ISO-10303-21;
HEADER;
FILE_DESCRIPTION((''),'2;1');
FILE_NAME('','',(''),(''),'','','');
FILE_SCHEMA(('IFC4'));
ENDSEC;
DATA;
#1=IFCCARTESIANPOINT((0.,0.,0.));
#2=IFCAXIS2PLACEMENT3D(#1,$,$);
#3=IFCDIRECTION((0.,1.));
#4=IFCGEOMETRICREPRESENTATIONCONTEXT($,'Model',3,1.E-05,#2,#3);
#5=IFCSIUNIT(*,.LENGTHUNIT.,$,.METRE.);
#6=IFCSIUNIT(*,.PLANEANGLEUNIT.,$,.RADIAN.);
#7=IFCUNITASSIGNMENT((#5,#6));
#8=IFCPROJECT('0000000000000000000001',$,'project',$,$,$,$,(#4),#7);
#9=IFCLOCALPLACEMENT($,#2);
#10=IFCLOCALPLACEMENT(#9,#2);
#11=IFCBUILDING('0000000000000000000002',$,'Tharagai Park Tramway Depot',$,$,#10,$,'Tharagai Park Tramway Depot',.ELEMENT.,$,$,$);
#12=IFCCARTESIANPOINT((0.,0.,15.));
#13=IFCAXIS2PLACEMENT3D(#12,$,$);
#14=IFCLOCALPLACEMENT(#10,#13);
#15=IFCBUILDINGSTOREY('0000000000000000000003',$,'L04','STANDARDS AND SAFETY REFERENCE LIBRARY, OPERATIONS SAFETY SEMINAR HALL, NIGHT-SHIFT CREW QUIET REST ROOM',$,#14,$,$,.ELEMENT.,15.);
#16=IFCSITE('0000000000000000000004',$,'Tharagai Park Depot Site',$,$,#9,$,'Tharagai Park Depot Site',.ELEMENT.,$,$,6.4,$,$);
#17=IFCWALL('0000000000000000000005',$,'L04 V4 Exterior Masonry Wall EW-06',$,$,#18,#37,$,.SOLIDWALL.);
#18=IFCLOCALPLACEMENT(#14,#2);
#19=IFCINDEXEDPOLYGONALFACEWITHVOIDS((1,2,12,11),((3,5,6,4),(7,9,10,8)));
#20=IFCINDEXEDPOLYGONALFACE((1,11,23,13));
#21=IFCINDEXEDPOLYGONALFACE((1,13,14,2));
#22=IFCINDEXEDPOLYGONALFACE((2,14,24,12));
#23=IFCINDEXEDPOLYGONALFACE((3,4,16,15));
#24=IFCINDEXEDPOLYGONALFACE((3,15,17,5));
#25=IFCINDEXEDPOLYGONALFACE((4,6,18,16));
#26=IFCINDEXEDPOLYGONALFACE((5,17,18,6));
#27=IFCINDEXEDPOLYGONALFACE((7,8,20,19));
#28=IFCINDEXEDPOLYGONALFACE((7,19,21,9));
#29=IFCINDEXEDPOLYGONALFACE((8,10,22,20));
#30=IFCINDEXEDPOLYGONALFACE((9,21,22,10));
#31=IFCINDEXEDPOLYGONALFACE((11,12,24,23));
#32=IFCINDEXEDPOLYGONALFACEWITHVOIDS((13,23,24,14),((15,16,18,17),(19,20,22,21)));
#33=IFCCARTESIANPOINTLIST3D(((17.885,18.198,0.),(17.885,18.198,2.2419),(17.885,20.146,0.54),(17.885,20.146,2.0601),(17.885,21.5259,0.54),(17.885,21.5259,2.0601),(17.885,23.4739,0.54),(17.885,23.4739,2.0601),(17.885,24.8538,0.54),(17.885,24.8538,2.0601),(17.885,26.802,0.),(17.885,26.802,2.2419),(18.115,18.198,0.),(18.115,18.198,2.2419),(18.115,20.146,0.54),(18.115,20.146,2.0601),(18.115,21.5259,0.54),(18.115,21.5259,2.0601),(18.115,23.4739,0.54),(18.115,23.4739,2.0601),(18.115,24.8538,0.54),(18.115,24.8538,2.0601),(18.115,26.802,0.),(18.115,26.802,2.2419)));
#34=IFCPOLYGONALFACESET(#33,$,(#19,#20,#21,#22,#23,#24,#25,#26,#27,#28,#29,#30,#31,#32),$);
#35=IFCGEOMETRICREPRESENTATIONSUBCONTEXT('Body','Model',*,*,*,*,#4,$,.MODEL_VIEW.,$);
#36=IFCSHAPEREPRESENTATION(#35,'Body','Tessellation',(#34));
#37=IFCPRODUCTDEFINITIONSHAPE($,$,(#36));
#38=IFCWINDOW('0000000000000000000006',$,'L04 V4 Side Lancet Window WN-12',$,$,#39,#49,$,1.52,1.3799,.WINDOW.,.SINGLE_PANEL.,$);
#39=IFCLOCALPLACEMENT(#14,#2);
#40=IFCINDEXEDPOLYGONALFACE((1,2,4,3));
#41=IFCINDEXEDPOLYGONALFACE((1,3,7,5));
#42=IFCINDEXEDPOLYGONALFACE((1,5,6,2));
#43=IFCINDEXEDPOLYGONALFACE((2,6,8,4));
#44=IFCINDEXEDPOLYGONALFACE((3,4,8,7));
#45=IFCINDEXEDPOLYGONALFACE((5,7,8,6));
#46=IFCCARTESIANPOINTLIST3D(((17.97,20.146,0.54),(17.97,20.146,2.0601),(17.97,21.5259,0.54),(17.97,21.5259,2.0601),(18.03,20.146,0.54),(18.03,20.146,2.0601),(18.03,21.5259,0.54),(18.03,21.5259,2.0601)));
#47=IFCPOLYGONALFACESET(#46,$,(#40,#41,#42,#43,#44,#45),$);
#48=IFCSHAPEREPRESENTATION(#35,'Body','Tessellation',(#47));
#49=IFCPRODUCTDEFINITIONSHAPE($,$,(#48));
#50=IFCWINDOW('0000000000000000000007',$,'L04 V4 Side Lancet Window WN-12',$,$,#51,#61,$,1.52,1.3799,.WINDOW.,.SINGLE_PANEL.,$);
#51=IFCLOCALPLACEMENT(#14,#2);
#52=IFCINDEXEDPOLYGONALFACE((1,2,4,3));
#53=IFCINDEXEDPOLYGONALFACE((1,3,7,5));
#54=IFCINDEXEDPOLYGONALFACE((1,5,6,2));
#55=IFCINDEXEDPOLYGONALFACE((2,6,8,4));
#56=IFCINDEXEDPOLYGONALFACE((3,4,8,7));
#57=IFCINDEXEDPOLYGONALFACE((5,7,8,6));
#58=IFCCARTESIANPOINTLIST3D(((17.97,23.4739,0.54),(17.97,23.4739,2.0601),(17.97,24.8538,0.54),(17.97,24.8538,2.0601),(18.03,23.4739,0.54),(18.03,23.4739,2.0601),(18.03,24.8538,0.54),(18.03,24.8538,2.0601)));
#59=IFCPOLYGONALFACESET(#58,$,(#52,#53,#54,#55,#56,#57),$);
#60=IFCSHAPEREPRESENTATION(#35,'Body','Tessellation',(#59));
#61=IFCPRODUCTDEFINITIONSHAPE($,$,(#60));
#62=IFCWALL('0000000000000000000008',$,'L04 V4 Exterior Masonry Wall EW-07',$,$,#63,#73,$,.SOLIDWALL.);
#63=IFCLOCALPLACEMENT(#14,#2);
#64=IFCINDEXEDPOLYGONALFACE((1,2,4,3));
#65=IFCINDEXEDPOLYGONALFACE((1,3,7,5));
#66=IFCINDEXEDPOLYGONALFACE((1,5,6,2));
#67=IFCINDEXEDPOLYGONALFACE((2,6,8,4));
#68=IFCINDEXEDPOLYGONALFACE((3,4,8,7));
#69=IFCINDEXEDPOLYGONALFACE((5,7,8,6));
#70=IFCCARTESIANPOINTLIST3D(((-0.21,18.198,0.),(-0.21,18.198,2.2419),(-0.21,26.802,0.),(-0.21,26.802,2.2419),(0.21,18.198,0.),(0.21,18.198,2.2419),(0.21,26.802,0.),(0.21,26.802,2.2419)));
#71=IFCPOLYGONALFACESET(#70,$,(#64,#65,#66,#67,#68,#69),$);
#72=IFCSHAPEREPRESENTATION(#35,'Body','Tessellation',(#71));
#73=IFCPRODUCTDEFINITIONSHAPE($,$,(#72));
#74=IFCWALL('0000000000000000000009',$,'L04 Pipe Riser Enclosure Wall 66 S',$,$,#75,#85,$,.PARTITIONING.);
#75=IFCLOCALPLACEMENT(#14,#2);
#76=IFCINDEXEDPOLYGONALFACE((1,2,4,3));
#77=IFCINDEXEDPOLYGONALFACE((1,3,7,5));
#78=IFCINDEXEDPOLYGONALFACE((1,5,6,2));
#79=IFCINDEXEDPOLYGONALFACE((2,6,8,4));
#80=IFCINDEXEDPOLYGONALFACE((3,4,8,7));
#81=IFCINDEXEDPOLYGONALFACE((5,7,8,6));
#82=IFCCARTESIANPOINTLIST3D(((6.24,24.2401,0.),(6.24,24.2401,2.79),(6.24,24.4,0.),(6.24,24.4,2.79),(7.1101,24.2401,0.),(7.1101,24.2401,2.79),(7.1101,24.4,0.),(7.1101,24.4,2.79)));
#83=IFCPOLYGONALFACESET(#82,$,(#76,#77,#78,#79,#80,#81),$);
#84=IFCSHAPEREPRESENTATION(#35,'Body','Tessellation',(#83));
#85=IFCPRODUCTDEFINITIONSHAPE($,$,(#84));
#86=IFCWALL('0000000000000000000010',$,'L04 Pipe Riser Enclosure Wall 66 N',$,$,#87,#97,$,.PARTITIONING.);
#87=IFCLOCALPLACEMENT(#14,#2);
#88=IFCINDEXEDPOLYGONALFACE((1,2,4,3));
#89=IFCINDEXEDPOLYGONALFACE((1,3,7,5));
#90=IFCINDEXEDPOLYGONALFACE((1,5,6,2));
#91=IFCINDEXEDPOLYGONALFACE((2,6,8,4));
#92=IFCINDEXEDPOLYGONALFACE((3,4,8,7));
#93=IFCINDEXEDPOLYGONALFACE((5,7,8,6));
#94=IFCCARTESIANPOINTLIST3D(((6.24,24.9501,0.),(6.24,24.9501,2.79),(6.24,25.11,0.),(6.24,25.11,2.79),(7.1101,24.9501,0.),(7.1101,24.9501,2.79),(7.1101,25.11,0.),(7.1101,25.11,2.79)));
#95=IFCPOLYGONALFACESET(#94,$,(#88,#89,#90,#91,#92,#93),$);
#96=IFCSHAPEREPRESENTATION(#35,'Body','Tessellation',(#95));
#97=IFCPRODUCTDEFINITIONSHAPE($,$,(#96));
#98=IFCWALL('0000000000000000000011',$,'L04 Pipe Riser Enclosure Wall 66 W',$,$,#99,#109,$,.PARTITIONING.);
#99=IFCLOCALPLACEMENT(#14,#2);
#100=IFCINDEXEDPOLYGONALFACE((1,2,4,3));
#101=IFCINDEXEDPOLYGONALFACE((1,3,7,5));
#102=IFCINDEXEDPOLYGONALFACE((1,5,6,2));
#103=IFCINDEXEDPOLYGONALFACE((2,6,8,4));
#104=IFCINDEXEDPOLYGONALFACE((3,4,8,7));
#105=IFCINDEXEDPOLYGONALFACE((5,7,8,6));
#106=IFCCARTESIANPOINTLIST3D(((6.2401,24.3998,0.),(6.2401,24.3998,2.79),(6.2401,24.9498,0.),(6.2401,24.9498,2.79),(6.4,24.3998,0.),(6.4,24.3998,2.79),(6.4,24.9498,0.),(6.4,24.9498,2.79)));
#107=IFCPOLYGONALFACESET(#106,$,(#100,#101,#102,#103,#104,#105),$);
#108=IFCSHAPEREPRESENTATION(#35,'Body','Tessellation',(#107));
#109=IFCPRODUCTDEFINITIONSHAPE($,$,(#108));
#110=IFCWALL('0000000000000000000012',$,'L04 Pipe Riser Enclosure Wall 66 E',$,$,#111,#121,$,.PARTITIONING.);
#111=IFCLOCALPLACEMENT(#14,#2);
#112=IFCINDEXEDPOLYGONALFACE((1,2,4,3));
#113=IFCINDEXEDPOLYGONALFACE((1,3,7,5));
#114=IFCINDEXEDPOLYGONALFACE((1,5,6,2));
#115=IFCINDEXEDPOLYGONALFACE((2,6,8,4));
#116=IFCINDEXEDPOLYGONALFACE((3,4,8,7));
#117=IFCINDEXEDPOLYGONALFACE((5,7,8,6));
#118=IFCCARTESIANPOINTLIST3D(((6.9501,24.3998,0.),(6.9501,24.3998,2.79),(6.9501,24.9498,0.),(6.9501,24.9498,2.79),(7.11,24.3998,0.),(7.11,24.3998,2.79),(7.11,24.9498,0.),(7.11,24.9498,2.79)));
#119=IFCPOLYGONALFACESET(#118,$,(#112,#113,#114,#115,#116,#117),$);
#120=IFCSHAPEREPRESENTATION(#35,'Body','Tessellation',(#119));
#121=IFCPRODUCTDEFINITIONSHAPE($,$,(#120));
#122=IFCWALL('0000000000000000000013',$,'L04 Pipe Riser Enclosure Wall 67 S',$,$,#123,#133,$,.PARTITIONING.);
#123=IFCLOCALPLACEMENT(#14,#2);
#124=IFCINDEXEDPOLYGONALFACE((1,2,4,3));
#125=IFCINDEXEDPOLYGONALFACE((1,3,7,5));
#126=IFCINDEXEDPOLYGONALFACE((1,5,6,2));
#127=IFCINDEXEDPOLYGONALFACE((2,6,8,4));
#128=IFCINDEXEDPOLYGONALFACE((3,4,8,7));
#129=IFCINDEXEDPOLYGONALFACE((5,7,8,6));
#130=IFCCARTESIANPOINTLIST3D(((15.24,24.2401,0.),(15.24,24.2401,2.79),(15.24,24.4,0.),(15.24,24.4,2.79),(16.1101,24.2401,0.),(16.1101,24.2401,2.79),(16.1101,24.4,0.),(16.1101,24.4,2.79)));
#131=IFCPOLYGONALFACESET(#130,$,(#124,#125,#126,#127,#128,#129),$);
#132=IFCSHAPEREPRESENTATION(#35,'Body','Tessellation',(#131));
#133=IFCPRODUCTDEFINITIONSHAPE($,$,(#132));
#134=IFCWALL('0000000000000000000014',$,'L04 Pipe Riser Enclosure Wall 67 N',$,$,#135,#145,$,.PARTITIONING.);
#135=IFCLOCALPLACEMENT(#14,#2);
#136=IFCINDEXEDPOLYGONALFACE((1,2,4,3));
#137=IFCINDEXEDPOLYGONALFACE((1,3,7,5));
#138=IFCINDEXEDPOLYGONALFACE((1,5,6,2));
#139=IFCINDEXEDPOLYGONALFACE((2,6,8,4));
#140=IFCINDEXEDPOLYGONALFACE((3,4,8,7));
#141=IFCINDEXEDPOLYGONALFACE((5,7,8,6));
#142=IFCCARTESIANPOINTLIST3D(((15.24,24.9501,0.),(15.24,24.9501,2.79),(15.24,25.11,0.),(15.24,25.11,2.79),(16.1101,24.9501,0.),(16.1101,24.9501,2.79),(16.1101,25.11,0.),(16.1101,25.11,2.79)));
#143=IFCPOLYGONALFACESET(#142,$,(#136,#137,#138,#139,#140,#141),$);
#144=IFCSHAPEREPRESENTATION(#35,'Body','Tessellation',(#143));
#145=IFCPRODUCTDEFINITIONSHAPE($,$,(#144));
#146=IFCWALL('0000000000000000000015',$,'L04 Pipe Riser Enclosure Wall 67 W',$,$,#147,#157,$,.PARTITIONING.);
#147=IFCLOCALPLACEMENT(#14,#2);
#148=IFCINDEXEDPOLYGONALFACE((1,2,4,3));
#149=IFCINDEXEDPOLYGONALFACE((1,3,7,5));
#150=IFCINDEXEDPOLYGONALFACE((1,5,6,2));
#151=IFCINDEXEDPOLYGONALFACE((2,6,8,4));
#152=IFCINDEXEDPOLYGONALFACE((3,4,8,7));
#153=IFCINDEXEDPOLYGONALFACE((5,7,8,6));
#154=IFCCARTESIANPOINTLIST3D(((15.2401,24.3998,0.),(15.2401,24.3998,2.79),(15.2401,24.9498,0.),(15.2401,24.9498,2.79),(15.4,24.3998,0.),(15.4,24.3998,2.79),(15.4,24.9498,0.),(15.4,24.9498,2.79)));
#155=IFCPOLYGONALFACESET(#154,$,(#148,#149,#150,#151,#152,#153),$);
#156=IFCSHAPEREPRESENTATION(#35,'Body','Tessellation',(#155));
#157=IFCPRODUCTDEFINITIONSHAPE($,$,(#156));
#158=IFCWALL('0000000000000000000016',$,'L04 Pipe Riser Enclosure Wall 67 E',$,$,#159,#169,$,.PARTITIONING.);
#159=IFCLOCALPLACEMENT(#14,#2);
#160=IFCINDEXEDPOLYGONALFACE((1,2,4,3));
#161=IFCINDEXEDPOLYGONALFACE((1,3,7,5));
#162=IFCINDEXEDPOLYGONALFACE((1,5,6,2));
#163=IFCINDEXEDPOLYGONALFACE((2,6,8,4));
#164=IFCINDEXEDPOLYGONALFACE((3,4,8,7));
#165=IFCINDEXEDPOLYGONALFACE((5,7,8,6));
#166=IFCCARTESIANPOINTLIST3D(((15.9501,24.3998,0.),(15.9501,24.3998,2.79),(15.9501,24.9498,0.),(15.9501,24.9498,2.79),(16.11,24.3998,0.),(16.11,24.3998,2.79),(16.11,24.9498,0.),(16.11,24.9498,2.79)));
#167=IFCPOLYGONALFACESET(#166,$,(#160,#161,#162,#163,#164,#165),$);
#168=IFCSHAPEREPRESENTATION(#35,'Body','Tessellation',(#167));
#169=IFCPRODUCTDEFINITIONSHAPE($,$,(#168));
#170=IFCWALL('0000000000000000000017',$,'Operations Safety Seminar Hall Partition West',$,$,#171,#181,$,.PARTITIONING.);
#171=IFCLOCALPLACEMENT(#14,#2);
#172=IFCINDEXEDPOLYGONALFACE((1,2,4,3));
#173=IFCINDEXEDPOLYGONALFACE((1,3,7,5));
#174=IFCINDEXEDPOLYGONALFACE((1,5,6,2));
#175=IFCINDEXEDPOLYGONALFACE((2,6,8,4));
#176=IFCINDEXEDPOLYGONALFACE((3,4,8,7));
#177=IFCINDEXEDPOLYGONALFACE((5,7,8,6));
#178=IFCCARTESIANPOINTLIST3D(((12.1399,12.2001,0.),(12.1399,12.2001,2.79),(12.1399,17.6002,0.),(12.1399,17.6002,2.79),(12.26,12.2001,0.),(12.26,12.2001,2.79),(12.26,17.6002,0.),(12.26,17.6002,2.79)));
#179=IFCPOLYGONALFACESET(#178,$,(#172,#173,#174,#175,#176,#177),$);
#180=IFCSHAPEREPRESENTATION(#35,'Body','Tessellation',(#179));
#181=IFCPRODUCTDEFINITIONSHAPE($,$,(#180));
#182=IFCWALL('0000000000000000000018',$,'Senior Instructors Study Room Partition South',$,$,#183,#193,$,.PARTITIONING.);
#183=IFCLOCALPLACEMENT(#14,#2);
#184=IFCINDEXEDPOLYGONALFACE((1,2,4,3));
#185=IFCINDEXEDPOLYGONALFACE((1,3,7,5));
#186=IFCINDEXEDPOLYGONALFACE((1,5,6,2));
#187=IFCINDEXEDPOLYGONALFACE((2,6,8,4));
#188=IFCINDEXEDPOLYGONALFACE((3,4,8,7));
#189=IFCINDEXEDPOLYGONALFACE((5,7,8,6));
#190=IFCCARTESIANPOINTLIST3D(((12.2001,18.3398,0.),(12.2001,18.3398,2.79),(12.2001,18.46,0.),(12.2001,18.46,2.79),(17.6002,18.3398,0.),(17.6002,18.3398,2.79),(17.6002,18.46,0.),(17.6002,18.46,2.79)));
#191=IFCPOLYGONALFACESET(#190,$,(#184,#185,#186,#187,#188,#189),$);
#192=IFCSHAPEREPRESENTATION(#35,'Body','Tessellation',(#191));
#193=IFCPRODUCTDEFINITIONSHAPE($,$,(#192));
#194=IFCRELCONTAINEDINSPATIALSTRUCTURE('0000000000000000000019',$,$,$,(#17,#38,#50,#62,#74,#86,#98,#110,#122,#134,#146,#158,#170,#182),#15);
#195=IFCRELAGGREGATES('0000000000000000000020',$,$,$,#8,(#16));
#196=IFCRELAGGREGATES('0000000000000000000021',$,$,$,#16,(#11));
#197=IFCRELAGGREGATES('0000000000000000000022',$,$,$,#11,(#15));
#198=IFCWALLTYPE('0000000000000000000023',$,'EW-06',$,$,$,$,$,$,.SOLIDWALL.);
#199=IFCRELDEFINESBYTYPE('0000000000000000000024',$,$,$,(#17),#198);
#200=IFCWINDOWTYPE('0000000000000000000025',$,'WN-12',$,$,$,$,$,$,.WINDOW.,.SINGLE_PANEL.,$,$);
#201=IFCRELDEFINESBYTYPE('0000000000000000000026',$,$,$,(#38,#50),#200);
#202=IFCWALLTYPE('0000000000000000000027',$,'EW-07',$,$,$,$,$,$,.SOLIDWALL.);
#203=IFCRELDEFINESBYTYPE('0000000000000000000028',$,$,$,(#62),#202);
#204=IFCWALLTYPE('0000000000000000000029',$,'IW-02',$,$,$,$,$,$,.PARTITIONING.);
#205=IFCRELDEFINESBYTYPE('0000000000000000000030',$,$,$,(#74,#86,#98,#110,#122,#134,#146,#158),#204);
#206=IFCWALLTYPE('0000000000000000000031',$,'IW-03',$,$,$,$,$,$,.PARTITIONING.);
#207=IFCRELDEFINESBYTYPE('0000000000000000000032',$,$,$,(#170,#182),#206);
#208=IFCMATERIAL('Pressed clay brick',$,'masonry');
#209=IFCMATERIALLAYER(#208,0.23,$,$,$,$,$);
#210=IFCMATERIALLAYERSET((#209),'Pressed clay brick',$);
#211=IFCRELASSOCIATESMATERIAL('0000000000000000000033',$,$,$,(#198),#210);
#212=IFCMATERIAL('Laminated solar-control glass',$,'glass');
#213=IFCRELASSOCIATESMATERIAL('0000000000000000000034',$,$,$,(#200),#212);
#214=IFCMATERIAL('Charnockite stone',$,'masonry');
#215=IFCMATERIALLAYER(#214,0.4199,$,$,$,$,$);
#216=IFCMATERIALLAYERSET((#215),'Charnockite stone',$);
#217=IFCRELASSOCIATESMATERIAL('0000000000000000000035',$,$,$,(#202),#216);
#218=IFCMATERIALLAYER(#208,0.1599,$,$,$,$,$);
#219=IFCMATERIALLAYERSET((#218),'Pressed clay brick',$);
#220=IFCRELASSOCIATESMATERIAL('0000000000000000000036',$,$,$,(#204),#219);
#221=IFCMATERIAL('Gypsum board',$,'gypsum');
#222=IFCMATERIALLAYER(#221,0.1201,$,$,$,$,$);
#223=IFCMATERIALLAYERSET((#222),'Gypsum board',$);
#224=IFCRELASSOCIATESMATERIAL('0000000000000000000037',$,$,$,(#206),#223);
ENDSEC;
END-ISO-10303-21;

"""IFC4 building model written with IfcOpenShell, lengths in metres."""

from ifc_helpers import new_model, si_unit, direction, frame, frame_2d, origin, place, context, subcontext, project, spatial, rectangle, extrude, material, layer, layer_set, type_object, element, fill, save


model = new_model("IFC4")

# Units and contexts
model_context = context("Model", 3, precision=1e-05, world=origin(), true_north=direction((0.0, 1.0)))
body_context = subcontext(model_context, "Body", "Model", "MODEL_VIEW")
ifc_project = project(units=[si_unit("LENGTHUNIT", "METRE"), si_unit("PLANEANGLEUNIT", "RADIAN")], contexts=[model_context])

# Site, building, storey
site_placement = place(None, origin())
site = spatial("IfcSite", under=ifc_project, at=site_placement, Name="Tharagai Park Depot Site", LongName="Tharagai Park Depot Site", CompositionType="ELEMENT", RefElevation=6.4)
building_placement = place(site_placement, origin())
building = spatial("IfcBuilding", under=site, at=building_placement, Name="Tharagai Park Tramway Depot", LongName="Tharagai Park Tramway Depot", CompositionType="ELEMENT")
storey_placement = place(building_placement, frame((0.0, 0.0, 15.0)))
storey = spatial("IfcBuildingStorey", under=building, at=storey_placement, Name="L04", Description="STANDARDS AND SAFETY REFERENCE LIBRARY, OPERATIONS SAFETY SEMINAR HALL, NIGHT-SHIFT CREW QUIET REST ROOM", CompositionType="ELEMENT", Elevation=15.0)

# Wall, openings, windows
ifc_material_1 = material(Name="Pressed clay brick", Category="masonry")
ifc_layer_1 = layer(ifc_material_1, 0.23)
ifc_layer_set_1 = layer_set([ifc_layer_1], Name="Pressed clay brick")
wall_type_1 = type_object("IfcWallType", Name="EW-06", PredefinedType="SOLIDWALL", material=ifc_layer_set_1)
wall_1_placement = place(storey_placement, frame((18.0, 18.198, 0.0), z_axis=(0.0, 0.0, 1.0), x_axis=(0.0, 1.0, 0.0)))
wall_1 = element("IfcWall", 1, at=wall_1_placement, inside=storey, type_object=wall_type_1, Name="L04 V4 Exterior Masonry Wall EW-06", PredefinedType="SOLIDWALL", context=body_context, shape_type="SweptSolid", body=[
    extrude(rectangle(XDim=8.604, YDim=0.23, at=frame_2d((4.302, 0.0))), origin(), (0.0, 0.0, 1.0), 2.2419),
])
opening_1_placement = place(wall_1_placement, frame((1.948, 0.0, 0.54)))
opening_1 = element("IfcOpeningElement", 2, at=opening_1_placement, cuts=wall_1, PredefinedType="OPENING", context=body_context, shape_type="SweptSolid", body=[
    extrude(rectangle(XDim=1.3799, YDim=1.52, at=frame_2d((0.6899, 0.76))), frame((0.0, 0.125, 0.0), z_axis=(0.0, -1.0, 0.0), x_axis=(1.0, 0.0, 0.0)), (0.0, 0.0, 1.0), 0.25),
])
opening_2_placement = place(wall_1_placement, frame((5.2759, 0.0, 0.54)))
opening_2 = element("IfcOpeningElement", 3, at=opening_2_placement, cuts=wall_1, PredefinedType="OPENING", context=body_context, shape_type="SweptSolid", body=[
    extrude(rectangle(XDim=1.3799, YDim=1.52, at=frame_2d((0.6899, 0.76))), frame((0.0, 0.125, 0.0), z_axis=(0.0, -1.0, 0.0), x_axis=(1.0, 0.0, 0.0)), (0.0, 0.0, 1.0), 0.25),
])
ifc_material_2 = material(Name="Laminated solar-control glass", Category="glass")
window_type = type_object("IfcWindowType", Name="WN-12", PartitioningType="SINGLE_PANEL", PredefinedType="WINDOW", material=ifc_material_2)
window_1_placement = place(opening_1_placement, origin())
window_1 = element("IfcWindow", 4, at=window_1_placement, inside=storey, type_object=window_type, Name="L04 V4 Side Lancet Window WN-12", OverallHeight=1.52, OverallWidth=1.3799, PartitioningType="SINGLE_PANEL", PredefinedType="WINDOW", context=body_context, shape_type="SweptSolid", body=[
    extrude(rectangle(XDim=1.3799, YDim=1.52, at=frame_2d((0.6899, 0.76))), frame((0.0, 0.03, 0.0), z_axis=(0.0, -1.0, 0.0), x_axis=(1.0, 0.0, 0.0)), (0.0, 0.0, 1.0), 0.0601),
])
fill(opening_1, window_1)
window_2_placement = place(opening_2_placement, origin())
window_2 = element("IfcWindow", 5, at=window_2_placement, inside=storey, type_object=window_type, Name="L04 V4 Side Lancet Window WN-12", OverallHeight=1.52, OverallWidth=1.3799, PartitioningType="SINGLE_PANEL", PredefinedType="WINDOW", context=body_context, shape_type="SweptSolid", body=[
    extrude(rectangle(XDim=1.3799, YDim=1.52, at=frame_2d((0.6899, 0.76))), frame((0.0, 0.03, 0.0), z_axis=(0.0, -1.0, 0.0), x_axis=(1.0, 0.0, 0.0)), (0.0, 0.0, 1.0), 0.0601),
])
fill(opening_2, window_2)

# Walls
ifc_material_3 = material(Name="Charnockite stone", Category="masonry")
ifc_layer_2 = layer(ifc_material_3, 0.4199)
ifc_layer_set_2 = layer_set([ifc_layer_2], Name="Charnockite stone")
wall_type_2 = type_object("IfcWallType", Name="EW-07", PredefinedType="SOLIDWALL", material=ifc_layer_set_2)
wall_2_placement = place(storey_placement, frame((0.0, 18.198, 0.0), z_axis=(0.0, 0.0, 1.0), x_axis=(0.0, 1.0, 0.0)))
element("IfcWall", 6, at=wall_2_placement, inside=storey, type_object=wall_type_2, Name="L04 V4 Exterior Masonry Wall EW-07", PredefinedType="SOLIDWALL", context=body_context, shape_type="SweptSolid", body=[
    extrude(rectangle(XDim=8.604, YDim=0.4199, at=frame_2d((4.302, 0.0))), origin(), (0.0, 0.0, 1.0), 2.2419),
])
ifc_layer_3 = layer(ifc_material_1, 0.1599)
ifc_layer_set_3 = layer_set([ifc_layer_3], Name="Pressed clay brick")
wall_type_3 = type_object("IfcWallType", Name="IW-02", PredefinedType="PARTITIONING", material=ifc_layer_set_3)
for number, where, z_axis, x_axis, name in (
    (7, (6.24, 24.3201, 0.0), (0.0, 0.0, 1.0), (1.0, 0.0, 0.0), "L04 Pipe Riser Enclosure Wall 66 S"),
    (8, (6.24, 25.03, 0.0), (0.0, 0.0, 1.0), (1.0, 0.0, 0.0), "L04 Pipe Riser Enclosure Wall 66 N"),
):
    element("IfcWall", number, at=place(storey_placement, frame(where, z_axis=z_axis, x_axis=x_axis)), inside=storey, type_object=wall_type_3, Name=name, PredefinedType="PARTITIONING", context=body_context, shape_type="SweptSolid", body=[
        extrude(rectangle(XDim=0.8701, YDim=0.1599, at=frame_2d((0.4351, 0.0))), origin(), (0.0, 0.0, 1.0), 2.79),
    ])
for number, where, z_axis, x_axis, name in (
    (9, (6.3201, 24.3999, 0.0), (0.0, 0.0, 1.0), (0.0, 1.0, 0.0), "L04 Pipe Riser Enclosure Wall 66 W"),
    (10, (7.03, 24.3999, 0.0), (0.0, 0.0, 1.0), (0.0, 1.0, 0.0), "L04 Pipe Riser Enclosure Wall 66 E"),
):
    element("IfcWall", number, at=place(storey_placement, frame(where, z_axis=z_axis, x_axis=x_axis)), inside=storey, type_object=wall_type_3, Name=name, PredefinedType="PARTITIONING", context=body_context, shape_type="SweptSolid", body=[
        extrude(rectangle(XDim=0.55, YDim=0.1599, at=frame_2d((0.2749, 0.0))), origin(), (0.0, 0.0, 1.0), 2.79),
    ])
for number, where, z_axis, x_axis, name in (
    (11, (15.24, 24.3201, 0.0), (0.0, 0.0, 1.0), (1.0, 0.0, 0.0), "L04 Pipe Riser Enclosure Wall 67 S"),
    (12, (15.24, 25.03, 0.0), (0.0, 0.0, 1.0), (1.0, 0.0, 0.0), "L04 Pipe Riser Enclosure Wall 67 N"),
):
    element("IfcWall", number, at=place(storey_placement, frame(where, z_axis=z_axis, x_axis=x_axis)), inside=storey, type_object=wall_type_3, Name=name, PredefinedType="PARTITIONING", context=body_context, shape_type="SweptSolid", body=[
        extrude(rectangle(XDim=0.8701, YDim=0.1599, at=frame_2d((0.4351, 0.0))), origin(), (0.0, 0.0, 1.0), 2.79),
    ])
for number, where, z_axis, x_axis, name in (
    (13, (15.3201, 24.3999, 0.0), (0.0, 0.0, 1.0), (0.0, 1.0, 0.0), "L04 Pipe Riser Enclosure Wall 67 W"),
    (14, (16.03, 24.3999, 0.0), (0.0, 0.0, 1.0), (0.0, 1.0, 0.0), "L04 Pipe Riser Enclosure Wall 67 E"),
):
    element("IfcWall", number, at=place(storey_placement, frame(where, z_axis=z_axis, x_axis=x_axis)), inside=storey, type_object=wall_type_3, Name=name, PredefinedType="PARTITIONING", context=body_context, shape_type="SweptSolid", body=[
        extrude(rectangle(XDim=0.55, YDim=0.1599, at=frame_2d((0.2749, 0.0))), origin(), (0.0, 0.0, 1.0), 2.79),
    ])
ifc_material_4 = material(Name="Gypsum board", Category="gypsum")
ifc_layer_4 = layer(ifc_material_4, 0.1201)
ifc_layer_set_4 = layer_set([ifc_layer_4], Name="Gypsum board")
wall_type_4 = type_object("IfcWallType", Name="IW-03", PredefinedType="PARTITIONING", material=ifc_layer_set_4)
for number, where, z_axis, x_axis, name in (
    (15, (12.2, 12.2, 0.0), (0.0, 0.0, 1.0), (0.0, 1.0, 0.0), "Operations Safety Seminar Hall Partition West"),
    (16, (12.2, 18.3999, 0.0), (0.0, 0.0, 1.0), (1.0, 0.0, 0.0), "Senior Instructors Study Room Partition South"),
):
    element("IfcWall", number, at=place(storey_placement, frame(where, z_axis=z_axis, x_axis=x_axis)), inside=storey, type_object=wall_type_4, Name=name, PredefinedType="PARTITIONING", context=body_context, shape_type="SweptSolid", body=[
        extrude(rectangle(XDim=5.4001, YDim=0.1201, at=frame_2d((2.7002, 0.0))), origin(), (0.0, 0.0, 1.0), 2.79),
    ])

save(model, "model.ifc")
